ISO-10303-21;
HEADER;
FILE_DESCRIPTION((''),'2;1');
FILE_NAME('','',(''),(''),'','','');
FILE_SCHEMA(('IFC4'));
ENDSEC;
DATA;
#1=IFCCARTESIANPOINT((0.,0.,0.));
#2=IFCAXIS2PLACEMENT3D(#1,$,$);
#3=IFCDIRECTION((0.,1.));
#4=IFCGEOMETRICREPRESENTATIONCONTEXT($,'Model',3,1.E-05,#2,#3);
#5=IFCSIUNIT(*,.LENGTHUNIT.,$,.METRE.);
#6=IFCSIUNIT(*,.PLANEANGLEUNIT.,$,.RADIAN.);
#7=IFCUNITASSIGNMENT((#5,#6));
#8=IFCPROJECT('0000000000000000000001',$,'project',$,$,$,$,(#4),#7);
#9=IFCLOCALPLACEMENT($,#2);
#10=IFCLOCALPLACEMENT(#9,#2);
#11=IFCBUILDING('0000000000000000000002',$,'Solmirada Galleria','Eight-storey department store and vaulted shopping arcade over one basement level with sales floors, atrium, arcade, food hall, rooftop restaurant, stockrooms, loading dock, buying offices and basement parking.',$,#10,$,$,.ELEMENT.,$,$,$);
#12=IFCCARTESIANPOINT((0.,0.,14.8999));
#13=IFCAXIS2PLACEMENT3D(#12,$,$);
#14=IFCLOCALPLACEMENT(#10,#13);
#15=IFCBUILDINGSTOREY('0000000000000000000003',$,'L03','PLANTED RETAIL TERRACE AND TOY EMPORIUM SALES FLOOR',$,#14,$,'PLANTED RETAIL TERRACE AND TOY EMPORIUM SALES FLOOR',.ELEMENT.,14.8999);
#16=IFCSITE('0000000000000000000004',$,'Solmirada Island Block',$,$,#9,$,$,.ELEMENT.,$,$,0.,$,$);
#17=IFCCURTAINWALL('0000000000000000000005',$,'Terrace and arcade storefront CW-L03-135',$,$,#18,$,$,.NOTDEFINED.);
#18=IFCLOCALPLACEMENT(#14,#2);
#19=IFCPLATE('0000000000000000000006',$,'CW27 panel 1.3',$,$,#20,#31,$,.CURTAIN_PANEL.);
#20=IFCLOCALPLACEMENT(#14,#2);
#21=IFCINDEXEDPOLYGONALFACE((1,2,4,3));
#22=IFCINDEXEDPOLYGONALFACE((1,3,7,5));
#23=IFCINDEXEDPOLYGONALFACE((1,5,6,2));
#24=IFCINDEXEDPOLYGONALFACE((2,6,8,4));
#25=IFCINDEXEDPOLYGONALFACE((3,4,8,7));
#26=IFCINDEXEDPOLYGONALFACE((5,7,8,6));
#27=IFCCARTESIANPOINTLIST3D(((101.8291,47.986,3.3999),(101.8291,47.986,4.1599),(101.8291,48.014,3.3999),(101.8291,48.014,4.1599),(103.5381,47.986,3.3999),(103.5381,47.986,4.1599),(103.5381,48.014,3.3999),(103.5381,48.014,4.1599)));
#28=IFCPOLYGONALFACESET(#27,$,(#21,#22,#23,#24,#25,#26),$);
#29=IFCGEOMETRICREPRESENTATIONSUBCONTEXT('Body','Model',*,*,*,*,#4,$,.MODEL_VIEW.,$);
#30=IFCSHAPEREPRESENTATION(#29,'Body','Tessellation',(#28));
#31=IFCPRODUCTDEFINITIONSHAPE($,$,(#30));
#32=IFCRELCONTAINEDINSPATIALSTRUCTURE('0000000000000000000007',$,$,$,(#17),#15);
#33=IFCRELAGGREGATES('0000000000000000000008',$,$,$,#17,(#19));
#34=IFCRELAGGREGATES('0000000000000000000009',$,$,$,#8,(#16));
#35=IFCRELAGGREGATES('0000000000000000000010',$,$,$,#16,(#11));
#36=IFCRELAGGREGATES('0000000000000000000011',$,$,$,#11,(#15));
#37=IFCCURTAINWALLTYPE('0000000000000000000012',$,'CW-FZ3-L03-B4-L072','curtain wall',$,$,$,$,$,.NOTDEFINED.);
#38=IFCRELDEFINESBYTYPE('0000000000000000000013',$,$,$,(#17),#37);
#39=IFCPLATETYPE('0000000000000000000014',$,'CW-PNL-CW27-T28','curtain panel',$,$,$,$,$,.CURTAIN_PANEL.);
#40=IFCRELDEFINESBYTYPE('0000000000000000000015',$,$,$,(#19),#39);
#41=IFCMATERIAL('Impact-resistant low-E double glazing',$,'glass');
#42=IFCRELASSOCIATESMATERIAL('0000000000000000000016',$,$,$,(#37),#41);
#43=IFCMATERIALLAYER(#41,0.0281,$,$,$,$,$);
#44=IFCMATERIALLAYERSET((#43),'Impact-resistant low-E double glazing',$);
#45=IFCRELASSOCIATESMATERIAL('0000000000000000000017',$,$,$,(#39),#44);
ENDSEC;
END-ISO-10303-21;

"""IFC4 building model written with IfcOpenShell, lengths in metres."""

from ifc_helpers import new_model, si_unit, direction, frame, origin, origin_2d, place, context, subcontext, project, spatial, rectangle, extrude, material, layer, layer_set, type_object, element, aggregate, save


model = new_model("IFC4")

# Units and contexts
model_context = context("Model", 3, precision=1e-05, world=origin(), true_north=direction((0.0, 1.0)))
body_context = subcontext(model_context, "Body", "Model", "MODEL_VIEW")
ifc_project = project(units=[si_unit("LENGTHUNIT", "METRE"), si_unit("PLANEANGLEUNIT", "RADIAN")], contexts=[model_context])

# Site, building, storey
site_placement = place(None, origin())
site = spatial("IfcSite", under=ifc_project, at=site_placement, Name="Solmirada Island Block", CompositionType="ELEMENT", RefElevation=0.0)
building_placement = place(site_placement, origin())
building = spatial("IfcBuilding", under=site, at=building_placement, Name="Solmirada Galleria", Description="Eight-storey department store and vaulted shopping arcade over one basement level with sales floors, atrium, arcade, food hall, rooftop restaurant, stockrooms, loading dock, buying offices and basement parking.", CompositionType="ELEMENT")
storey_placement = place(building_placement, frame((0.0, 0.0, 14.8999)))
storey = spatial("IfcBuildingStorey", under=building, at=storey_placement, Name="L03", Description="PLANTED RETAIL TERRACE AND TOY EMPORIUM SALES FLOOR", LongName="PLANTED RETAIL TERRACE AND TOY EMPORIUM SALES FLOOR", CompositionType="ELEMENT", Elevation=14.8999)

# Shared definitions
ifc_material_1 = material(Name="Impact-resistant low-E double glazing", Category="glass")
curtain_wall_type_1 = type_object("IfcCurtainWallType", Name="CW-FZ3-L03-B4-L072", Description="curtain wall", PredefinedType="NOTDEFINED", material=ifc_material_1)

# Curtain wall
curtain_wall_1_placement = place(storey_placement, origin())
curtain_wall_1 = element("IfcCurtainWall", 1, at=curtain_wall_1_placement, inside=storey, type_object=curtain_wall_type_1, Name="Terrace and arcade storefront CW-L03-135", PredefinedType="NOTDEFINED")

# Plate
ifc_layer = layer(ifc_material_1, 0.0281)
ifc_layer_set = layer_set([ifc_layer], Name="Impact-resistant low-E double glazing")
plate_type = type_object("IfcPlateType", Name="CW-PNL-CW27-T28", Description="curtain panel", PredefinedType="CURTAIN_PANEL", material=ifc_layer_set)
plate_1_placement = place(storey_placement, frame((102.6836, 48.0, 3.3999), z_axis=(0.0, 0.0, 1.0), x_axis=(-1.0, 0.0, 0.0)))
plate_1 = element("IfcPlate", 2, at=plate_1_placement, type_object=plate_type, Name="CW27 panel 1.3", PredefinedType="CURTAIN_PANEL", context=body_context, shape_type="SweptSolid", body=[
    extrude(rectangle(XDim=1.709, YDim=0.0281, at=origin_2d()), origin(), (0.0, 0.0, 1.0), 0.76),
])
aggregate(curtain_wall_1, [plate_1])

save(model, "model.ifc")
